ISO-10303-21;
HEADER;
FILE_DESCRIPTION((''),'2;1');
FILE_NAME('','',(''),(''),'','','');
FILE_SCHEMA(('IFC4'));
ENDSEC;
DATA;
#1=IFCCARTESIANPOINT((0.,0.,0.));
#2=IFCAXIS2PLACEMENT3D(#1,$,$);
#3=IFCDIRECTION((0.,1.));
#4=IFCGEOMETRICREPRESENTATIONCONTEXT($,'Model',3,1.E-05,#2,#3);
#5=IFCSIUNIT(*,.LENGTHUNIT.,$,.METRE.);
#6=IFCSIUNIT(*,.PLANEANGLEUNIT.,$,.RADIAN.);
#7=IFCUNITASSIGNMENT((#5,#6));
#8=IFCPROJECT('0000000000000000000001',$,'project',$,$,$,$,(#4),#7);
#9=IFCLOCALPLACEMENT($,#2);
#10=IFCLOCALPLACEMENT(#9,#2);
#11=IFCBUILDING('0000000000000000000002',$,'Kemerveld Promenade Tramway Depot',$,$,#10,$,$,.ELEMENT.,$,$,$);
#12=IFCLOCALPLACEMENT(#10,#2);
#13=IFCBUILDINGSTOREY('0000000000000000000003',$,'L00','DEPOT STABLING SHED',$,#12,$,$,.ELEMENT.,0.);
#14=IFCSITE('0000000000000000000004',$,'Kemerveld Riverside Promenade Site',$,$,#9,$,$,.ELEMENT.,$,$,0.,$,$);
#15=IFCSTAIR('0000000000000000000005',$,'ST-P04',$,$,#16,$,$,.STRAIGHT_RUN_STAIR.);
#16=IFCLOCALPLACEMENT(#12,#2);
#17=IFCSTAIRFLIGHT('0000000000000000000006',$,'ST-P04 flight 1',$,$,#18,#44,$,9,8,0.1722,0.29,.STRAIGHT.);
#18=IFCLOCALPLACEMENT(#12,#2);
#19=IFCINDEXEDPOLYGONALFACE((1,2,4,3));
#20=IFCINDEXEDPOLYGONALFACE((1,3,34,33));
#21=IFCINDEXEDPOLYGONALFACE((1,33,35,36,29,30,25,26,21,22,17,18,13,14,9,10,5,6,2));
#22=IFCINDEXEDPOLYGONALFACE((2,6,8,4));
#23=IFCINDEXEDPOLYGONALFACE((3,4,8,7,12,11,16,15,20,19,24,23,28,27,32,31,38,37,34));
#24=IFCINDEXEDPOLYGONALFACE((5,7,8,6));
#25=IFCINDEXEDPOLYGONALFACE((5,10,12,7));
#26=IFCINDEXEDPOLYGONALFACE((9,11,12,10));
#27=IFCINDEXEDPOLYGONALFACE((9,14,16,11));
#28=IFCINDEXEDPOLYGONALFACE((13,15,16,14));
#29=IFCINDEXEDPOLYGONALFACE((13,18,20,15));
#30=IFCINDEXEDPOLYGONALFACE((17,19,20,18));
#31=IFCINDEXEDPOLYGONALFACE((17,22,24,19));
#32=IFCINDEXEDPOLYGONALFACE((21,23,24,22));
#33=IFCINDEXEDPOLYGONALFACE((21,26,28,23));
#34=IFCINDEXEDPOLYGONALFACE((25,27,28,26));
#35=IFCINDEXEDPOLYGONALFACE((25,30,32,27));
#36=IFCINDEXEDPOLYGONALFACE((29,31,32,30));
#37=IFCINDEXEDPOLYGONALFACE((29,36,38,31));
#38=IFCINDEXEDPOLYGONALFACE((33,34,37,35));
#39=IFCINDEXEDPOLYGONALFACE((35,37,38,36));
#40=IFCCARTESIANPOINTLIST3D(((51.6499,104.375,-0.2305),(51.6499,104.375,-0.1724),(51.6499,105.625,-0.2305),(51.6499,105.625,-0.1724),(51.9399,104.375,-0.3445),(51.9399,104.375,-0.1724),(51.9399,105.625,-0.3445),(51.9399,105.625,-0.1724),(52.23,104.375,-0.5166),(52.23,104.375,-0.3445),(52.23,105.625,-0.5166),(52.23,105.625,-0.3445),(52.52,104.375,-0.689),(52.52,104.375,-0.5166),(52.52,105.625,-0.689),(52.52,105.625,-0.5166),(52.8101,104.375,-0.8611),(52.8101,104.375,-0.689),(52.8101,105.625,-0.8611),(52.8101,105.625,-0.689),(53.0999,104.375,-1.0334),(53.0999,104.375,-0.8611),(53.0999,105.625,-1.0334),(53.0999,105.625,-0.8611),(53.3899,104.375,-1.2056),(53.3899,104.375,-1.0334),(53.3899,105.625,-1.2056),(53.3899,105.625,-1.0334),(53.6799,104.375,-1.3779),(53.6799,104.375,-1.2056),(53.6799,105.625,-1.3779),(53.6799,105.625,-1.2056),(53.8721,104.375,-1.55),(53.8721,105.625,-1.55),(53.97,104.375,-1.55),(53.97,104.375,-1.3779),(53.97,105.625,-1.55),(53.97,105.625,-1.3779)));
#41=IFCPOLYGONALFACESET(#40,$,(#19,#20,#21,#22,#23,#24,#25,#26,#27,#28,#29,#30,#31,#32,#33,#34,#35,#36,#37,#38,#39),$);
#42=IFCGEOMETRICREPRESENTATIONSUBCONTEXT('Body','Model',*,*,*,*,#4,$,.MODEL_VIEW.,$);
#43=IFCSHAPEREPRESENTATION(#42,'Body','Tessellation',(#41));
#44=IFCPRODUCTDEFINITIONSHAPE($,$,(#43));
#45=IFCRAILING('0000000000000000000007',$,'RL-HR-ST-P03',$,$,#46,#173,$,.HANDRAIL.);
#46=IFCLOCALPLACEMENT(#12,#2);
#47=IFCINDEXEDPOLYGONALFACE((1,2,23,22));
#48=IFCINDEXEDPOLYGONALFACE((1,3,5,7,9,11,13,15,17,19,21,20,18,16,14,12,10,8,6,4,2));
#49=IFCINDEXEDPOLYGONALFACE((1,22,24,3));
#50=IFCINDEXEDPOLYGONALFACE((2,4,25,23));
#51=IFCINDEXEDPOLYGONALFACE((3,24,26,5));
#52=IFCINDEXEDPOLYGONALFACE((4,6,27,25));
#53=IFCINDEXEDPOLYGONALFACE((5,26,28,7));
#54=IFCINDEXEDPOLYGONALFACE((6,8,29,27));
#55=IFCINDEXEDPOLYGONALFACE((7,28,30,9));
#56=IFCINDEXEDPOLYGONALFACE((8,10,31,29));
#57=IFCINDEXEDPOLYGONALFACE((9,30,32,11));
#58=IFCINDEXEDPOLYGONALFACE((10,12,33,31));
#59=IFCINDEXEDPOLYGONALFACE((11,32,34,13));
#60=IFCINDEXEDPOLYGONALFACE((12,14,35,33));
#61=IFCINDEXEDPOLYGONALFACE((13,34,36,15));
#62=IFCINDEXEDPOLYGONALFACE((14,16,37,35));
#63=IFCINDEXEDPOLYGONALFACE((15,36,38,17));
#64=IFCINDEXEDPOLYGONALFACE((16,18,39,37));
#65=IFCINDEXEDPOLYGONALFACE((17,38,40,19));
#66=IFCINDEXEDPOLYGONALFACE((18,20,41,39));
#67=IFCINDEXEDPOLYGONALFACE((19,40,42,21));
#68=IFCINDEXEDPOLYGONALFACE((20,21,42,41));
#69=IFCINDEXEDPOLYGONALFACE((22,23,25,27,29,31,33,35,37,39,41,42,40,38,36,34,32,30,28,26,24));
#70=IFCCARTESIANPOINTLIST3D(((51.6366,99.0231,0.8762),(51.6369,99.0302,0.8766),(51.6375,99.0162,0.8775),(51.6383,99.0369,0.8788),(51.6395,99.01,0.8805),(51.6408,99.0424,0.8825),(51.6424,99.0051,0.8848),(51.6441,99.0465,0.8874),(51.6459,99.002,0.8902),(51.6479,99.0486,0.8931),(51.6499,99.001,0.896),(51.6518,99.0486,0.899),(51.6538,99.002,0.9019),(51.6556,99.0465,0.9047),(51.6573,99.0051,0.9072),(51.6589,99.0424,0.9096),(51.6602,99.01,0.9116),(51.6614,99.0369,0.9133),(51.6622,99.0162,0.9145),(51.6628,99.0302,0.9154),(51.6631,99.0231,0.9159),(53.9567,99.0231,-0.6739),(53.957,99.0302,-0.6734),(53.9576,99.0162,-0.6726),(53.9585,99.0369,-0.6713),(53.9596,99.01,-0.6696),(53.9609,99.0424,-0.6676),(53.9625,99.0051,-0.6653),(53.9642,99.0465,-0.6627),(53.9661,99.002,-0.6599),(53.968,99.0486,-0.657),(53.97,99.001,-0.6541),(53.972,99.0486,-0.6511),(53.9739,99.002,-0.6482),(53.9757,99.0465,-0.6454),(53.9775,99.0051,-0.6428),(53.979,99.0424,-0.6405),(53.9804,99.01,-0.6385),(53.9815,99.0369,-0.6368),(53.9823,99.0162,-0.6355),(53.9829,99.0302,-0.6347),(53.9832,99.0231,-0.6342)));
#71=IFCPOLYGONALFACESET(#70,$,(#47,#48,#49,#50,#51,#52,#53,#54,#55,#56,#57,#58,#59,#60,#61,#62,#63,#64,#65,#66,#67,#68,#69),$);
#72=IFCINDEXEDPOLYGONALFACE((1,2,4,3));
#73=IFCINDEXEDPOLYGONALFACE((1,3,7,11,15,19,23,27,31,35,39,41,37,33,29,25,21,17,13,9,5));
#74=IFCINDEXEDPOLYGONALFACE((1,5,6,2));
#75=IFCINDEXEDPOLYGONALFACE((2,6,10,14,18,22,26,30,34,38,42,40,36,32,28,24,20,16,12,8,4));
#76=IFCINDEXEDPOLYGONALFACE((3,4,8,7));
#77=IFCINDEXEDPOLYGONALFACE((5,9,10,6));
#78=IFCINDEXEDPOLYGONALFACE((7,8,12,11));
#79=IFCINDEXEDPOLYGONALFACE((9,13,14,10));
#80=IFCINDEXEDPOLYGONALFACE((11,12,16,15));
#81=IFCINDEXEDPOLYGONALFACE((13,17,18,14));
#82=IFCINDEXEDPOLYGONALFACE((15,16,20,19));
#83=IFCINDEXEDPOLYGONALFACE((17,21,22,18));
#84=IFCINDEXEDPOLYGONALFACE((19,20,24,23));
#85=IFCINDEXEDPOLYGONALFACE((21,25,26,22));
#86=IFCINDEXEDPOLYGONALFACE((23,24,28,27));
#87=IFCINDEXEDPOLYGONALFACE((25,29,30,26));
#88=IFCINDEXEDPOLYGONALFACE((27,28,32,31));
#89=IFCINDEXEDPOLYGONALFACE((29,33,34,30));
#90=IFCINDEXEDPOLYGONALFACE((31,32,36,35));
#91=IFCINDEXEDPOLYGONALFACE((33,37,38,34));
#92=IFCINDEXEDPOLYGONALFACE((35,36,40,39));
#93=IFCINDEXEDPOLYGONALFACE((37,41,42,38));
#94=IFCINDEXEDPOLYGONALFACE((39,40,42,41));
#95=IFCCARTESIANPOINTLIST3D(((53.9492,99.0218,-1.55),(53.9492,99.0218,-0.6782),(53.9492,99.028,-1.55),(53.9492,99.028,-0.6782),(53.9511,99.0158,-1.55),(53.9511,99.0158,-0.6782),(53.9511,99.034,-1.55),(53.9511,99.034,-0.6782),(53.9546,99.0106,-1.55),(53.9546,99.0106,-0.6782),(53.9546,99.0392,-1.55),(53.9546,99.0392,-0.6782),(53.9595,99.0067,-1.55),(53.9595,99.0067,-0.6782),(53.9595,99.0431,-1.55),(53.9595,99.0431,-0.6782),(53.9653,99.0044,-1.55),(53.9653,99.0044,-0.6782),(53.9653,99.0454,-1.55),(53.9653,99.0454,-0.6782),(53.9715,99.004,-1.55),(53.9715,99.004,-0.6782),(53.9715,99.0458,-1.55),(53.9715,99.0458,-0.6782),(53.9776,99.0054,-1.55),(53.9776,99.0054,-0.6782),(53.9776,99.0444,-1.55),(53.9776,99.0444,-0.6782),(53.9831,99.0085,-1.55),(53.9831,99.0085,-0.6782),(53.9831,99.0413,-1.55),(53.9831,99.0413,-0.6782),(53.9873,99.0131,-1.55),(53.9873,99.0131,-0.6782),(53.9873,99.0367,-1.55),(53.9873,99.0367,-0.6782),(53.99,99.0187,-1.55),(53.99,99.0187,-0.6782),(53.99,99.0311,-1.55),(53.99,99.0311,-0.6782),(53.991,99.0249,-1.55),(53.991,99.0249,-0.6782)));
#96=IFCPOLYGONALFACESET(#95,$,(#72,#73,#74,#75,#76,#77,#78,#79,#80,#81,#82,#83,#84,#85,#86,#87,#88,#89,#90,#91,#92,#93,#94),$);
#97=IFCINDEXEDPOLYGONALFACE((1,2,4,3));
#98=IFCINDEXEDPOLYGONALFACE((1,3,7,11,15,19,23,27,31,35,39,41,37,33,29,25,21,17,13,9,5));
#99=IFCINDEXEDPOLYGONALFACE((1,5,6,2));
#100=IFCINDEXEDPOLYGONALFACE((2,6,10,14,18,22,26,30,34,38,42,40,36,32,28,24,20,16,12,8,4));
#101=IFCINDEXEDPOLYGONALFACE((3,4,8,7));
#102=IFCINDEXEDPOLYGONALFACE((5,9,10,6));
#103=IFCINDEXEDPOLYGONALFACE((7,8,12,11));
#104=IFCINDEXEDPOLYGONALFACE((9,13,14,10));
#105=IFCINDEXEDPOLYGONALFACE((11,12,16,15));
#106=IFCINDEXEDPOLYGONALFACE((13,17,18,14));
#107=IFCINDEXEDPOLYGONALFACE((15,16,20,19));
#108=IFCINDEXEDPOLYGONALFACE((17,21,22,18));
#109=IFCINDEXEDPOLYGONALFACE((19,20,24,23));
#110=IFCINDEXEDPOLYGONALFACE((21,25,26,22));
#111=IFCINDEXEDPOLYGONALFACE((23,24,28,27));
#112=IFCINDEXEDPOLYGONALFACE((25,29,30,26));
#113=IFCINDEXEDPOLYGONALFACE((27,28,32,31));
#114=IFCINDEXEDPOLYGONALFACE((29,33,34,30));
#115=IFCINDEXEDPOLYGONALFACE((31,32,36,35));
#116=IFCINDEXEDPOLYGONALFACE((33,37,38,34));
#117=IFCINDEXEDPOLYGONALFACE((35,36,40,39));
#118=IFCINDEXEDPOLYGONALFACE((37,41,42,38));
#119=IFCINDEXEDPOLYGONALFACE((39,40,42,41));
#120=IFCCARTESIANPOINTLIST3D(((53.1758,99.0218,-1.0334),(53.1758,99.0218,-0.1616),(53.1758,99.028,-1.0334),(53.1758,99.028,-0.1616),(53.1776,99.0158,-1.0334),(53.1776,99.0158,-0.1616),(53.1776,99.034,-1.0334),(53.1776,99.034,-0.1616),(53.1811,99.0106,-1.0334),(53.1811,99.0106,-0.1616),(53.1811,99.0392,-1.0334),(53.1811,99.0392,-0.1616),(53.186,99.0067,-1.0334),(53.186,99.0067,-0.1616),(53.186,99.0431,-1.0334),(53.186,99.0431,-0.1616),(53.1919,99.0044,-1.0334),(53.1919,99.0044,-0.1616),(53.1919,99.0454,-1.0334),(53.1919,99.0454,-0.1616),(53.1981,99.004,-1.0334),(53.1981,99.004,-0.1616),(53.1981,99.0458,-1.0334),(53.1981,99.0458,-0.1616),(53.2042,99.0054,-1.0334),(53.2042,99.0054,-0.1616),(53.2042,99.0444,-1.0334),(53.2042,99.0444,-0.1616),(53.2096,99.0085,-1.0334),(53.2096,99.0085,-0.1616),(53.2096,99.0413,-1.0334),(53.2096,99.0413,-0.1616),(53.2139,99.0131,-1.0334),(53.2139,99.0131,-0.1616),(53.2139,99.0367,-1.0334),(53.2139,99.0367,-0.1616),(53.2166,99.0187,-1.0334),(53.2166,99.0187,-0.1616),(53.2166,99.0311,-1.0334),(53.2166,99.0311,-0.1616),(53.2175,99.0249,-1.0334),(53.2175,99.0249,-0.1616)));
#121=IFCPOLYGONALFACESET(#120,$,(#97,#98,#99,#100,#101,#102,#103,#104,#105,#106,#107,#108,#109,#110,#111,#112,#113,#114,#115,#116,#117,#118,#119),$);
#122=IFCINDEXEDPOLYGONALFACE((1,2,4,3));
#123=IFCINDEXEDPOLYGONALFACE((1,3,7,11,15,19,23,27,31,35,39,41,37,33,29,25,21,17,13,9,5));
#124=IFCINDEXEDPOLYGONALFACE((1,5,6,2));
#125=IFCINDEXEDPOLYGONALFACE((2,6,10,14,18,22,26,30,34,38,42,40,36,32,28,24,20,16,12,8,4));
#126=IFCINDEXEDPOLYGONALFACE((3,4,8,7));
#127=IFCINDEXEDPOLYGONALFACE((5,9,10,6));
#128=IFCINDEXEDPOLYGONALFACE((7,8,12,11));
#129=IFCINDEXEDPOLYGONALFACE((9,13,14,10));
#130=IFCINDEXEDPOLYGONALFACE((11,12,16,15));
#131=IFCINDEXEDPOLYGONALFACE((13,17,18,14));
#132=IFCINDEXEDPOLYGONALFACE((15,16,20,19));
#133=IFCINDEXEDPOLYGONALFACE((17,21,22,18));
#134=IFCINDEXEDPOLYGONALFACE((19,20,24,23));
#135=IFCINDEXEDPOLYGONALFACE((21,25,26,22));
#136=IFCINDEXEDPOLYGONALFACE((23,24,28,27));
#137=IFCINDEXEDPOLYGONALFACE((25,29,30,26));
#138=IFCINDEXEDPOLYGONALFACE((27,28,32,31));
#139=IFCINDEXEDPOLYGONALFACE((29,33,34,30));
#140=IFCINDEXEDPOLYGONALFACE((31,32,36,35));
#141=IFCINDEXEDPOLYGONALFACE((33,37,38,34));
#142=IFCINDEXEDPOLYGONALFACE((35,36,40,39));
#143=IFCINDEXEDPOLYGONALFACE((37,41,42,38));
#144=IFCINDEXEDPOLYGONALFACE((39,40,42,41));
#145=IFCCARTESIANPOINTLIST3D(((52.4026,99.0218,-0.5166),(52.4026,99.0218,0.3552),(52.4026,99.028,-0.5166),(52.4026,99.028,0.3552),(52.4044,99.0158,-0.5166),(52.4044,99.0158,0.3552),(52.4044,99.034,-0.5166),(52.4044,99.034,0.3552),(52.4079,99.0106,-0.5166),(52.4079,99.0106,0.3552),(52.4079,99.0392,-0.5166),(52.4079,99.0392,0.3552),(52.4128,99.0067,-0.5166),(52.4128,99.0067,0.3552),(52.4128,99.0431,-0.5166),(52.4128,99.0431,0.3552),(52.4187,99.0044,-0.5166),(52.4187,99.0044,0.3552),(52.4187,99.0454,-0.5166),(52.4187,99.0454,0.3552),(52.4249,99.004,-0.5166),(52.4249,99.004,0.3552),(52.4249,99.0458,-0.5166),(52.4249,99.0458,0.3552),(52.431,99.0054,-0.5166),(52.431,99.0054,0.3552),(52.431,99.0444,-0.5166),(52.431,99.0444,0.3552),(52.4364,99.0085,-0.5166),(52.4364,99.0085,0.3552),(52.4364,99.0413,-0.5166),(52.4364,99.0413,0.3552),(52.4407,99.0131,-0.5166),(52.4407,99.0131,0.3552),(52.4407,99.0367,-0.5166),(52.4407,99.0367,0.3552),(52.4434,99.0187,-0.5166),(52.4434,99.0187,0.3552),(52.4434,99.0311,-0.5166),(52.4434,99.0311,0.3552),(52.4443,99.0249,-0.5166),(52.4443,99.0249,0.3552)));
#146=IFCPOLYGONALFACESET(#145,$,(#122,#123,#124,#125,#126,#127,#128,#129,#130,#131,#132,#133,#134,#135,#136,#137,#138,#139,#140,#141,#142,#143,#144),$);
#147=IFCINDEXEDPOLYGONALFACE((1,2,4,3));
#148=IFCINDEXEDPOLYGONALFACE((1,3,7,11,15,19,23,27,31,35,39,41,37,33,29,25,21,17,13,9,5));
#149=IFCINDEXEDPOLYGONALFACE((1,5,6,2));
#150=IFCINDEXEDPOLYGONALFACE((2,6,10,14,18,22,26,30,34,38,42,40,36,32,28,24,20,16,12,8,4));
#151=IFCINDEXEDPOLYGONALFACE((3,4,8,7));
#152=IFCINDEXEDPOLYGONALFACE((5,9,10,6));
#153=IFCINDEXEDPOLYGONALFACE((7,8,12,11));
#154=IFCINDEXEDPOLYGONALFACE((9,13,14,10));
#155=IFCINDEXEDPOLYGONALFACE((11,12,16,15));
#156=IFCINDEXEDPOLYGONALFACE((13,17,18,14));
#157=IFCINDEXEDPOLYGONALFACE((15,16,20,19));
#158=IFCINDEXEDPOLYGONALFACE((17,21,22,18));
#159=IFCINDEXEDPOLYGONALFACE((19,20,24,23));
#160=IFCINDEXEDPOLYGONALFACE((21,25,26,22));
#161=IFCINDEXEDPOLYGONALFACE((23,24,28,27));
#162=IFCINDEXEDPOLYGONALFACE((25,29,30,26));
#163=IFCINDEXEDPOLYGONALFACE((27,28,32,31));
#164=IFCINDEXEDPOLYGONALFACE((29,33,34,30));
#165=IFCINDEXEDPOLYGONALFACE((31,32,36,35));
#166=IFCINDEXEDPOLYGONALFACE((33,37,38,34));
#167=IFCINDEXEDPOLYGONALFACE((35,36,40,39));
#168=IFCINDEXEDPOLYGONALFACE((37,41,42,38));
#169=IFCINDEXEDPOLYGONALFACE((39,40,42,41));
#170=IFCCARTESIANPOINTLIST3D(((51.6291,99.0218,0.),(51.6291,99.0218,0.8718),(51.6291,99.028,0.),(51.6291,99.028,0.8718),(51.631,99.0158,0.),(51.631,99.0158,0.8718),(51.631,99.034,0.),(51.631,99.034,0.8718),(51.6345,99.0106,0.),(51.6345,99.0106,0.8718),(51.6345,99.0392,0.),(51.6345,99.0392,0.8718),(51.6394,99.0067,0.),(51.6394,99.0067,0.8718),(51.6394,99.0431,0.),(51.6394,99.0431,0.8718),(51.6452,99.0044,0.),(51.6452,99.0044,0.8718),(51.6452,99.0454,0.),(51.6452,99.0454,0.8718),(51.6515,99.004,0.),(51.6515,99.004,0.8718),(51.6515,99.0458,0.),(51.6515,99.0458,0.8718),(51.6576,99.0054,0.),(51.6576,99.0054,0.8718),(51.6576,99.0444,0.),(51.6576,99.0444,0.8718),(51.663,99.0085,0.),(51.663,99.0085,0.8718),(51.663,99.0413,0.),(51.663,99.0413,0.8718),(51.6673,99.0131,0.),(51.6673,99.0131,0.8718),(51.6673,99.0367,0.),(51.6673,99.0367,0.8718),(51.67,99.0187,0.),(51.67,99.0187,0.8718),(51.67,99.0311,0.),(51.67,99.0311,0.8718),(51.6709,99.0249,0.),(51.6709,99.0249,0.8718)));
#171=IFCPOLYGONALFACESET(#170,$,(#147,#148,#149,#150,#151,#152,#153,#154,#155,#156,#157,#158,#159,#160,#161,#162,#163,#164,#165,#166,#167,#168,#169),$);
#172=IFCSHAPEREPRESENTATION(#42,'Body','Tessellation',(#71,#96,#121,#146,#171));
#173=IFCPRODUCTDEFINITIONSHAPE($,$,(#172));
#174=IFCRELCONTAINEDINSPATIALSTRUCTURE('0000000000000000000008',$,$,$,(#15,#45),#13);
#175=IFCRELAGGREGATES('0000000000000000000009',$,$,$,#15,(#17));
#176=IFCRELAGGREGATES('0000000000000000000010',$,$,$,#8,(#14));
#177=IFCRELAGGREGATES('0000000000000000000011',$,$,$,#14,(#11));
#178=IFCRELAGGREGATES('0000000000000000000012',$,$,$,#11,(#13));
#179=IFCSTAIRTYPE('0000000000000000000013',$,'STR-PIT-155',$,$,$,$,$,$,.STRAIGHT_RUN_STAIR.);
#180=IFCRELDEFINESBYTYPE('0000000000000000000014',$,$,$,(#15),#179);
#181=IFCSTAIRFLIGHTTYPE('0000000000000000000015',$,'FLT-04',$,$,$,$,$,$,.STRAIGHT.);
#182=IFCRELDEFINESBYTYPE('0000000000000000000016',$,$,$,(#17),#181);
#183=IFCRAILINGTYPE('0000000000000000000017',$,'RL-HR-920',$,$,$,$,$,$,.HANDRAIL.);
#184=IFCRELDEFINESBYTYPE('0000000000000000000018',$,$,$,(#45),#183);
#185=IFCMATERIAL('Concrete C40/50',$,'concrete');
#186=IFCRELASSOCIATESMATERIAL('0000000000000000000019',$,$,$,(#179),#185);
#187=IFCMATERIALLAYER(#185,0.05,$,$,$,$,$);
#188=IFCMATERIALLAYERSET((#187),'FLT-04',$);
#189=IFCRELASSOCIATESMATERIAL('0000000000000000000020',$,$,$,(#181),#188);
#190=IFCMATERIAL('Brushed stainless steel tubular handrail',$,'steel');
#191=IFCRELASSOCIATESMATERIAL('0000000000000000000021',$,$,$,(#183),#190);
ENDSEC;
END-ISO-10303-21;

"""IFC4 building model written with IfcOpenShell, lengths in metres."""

from ifc_helpers import new_model, si_unit, direction, frame, origin, origin_2d, place, context, subcontext, project, spatial, polyline, circle, outline, extrude, material, layer, layer_set, type_object, element, aggregate, save


model = new_model("IFC4")

# Units and contexts
model_context = context("Model", 3, precision=1e-05, world=origin(), true_north=direction((0.0, 1.0)))
body_context = subcontext(model_context, "Body", "Model", "MODEL_VIEW")
ifc_project = project(units=[si_unit("LENGTHUNIT", "METRE"), si_unit("PLANEANGLEUNIT", "RADIAN")], contexts=[model_context])

# Site, building, storey
site_placement = place(None, origin())
site = spatial("IfcSite", under=ifc_project, at=site_placement, Name="Kemerveld Riverside Promenade Site", CompositionType="ELEMENT", RefElevation=0.0)
building_placement = place(site_placement, origin())
building = spatial("IfcBuilding", under=site, at=building_placement, Name="Kemerveld Promenade Tramway Depot", CompositionType="ELEMENT")
storey_placement = place(building_placement, origin())
storey = spatial("IfcBuildingStorey", under=building, at=storey_placement, Name="L00", Description="DEPOT STABLING SHED", CompositionType="ELEMENT", Elevation=0.0)

# Stair, stair flight
ifc_material_1 = material(Name="Concrete C40/50", Category="concrete")
stair_type = type_object("IfcStairType", Name="STR-PIT-155", PredefinedType="STRAIGHT_RUN_STAIR", material=ifc_material_1)
ifc_layer_1 = layer(ifc_material_1, 0.05)
ifc_layer_set_1 = layer_set([ifc_layer_1], Name="FLT-04")
stair_flight_type = type_object("IfcStairFlightType", Name="FLT-04", PredefinedType="STRAIGHT", material=ifc_layer_set_1)
stair_1_placement = place(storey_placement, origin())
stair_1 = element("IfcStair", 1, at=stair_1_placement, inside=storey, type_object=stair_type, Name="ST-P04", PredefinedType="STRAIGHT_RUN_STAIR")
stair_flight_1_placement = place(storey_placement, frame((53.97, 105.0, -1.55), z_axis=(0.0, 0.0, 1.0), x_axis=(-1.0, 0.0, 0.0)))
stair_flight_1 = element("IfcStairFlight", 2, at=stair_flight_1_placement, type_object=stair_flight_type, Name="ST-P04 flight 1", NumberOfRisers=9, NumberOfTreads=8, PredefinedType="STRAIGHT", RiserHeight=0.1722, TreadLength=0.29, context=body_context, shape_type="SweptSolid", body=[
    extrude(outline(polyline([(0.0, 0.0), (0.0, 0.1721), (0.29, 0.1721), (0.29, 0.3445), (0.5801, 0.3445), (0.5801, 0.5166), (0.8701, 0.5166), (0.8701, 0.689), (1.1599, 0.689), (1.1599, 0.8611), (1.45, 0.8611), (1.45, 1.0334), (1.74, 1.0334), (1.74, 1.2056), (2.03, 1.2056), (2.03, 1.3777), (2.3201, 1.3777), (2.3201, 1.55), (2.3201, 1.3196), (0.0979, 0.0), (0.0, 0.0)])), frame((0.0, 0.625, 0.0), z_axis=(0.0, -1.0, 0.0), x_axis=(1.0, 0.0, 0.0)), (0.0, 0.0, 1.0), 1.25),
])
aggregate(stair_1, [stair_flight_1])

# Railing
ifc_material_2 = material(Name="Brushed stainless steel tubular handrail", Category="steel")
railing_type = type_object("IfcRailingType", Name="RL-HR-920", PredefinedType="HANDRAIL", material=ifc_material_2)
for number, where, name in (
    (3, (53.97, 99.0249, -1.55), "RL-HR-ST-P03"),
):
    element("IfcRailing", number, at=place(storey_placement, frame(where)), inside=storey, type_object=railing_type, Name=name, PredefinedType="HANDRAIL", context=body_context, shape_type="SweptSolid", body=[
        extrude(circle(Radius=0.0239, at=origin_2d()), frame((0.0, 0.0, 0.896), z_axis=(-0.831498, 0.0, 0.555528), x_axis=(0.0, -1.0, 0.0)), (0.0, 0.0, 1.0), 2.7903),
        extrude(circle(Radius=0.021, at=origin_2d()), origin(), (0.0, 0.0, 1.0), 0.8718),
        extrude(circle(Radius=0.021, at=origin_2d()), frame((-0.7734, 0.0, 0.5166)), (0.0, 0.0, 1.0), 0.8718),
        extrude(circle(Radius=0.021, at=origin_2d()), frame((-1.5466, 0.0, 1.0334)), (0.0, 0.0, 1.0), 0.8718),
        extrude(circle(Radius=0.021, at=origin_2d()), frame((-2.3201, 0.0, 1.55)), (0.0, 0.0, 1.0), 0.8718),
    ])

save(model, "model.ifc")
